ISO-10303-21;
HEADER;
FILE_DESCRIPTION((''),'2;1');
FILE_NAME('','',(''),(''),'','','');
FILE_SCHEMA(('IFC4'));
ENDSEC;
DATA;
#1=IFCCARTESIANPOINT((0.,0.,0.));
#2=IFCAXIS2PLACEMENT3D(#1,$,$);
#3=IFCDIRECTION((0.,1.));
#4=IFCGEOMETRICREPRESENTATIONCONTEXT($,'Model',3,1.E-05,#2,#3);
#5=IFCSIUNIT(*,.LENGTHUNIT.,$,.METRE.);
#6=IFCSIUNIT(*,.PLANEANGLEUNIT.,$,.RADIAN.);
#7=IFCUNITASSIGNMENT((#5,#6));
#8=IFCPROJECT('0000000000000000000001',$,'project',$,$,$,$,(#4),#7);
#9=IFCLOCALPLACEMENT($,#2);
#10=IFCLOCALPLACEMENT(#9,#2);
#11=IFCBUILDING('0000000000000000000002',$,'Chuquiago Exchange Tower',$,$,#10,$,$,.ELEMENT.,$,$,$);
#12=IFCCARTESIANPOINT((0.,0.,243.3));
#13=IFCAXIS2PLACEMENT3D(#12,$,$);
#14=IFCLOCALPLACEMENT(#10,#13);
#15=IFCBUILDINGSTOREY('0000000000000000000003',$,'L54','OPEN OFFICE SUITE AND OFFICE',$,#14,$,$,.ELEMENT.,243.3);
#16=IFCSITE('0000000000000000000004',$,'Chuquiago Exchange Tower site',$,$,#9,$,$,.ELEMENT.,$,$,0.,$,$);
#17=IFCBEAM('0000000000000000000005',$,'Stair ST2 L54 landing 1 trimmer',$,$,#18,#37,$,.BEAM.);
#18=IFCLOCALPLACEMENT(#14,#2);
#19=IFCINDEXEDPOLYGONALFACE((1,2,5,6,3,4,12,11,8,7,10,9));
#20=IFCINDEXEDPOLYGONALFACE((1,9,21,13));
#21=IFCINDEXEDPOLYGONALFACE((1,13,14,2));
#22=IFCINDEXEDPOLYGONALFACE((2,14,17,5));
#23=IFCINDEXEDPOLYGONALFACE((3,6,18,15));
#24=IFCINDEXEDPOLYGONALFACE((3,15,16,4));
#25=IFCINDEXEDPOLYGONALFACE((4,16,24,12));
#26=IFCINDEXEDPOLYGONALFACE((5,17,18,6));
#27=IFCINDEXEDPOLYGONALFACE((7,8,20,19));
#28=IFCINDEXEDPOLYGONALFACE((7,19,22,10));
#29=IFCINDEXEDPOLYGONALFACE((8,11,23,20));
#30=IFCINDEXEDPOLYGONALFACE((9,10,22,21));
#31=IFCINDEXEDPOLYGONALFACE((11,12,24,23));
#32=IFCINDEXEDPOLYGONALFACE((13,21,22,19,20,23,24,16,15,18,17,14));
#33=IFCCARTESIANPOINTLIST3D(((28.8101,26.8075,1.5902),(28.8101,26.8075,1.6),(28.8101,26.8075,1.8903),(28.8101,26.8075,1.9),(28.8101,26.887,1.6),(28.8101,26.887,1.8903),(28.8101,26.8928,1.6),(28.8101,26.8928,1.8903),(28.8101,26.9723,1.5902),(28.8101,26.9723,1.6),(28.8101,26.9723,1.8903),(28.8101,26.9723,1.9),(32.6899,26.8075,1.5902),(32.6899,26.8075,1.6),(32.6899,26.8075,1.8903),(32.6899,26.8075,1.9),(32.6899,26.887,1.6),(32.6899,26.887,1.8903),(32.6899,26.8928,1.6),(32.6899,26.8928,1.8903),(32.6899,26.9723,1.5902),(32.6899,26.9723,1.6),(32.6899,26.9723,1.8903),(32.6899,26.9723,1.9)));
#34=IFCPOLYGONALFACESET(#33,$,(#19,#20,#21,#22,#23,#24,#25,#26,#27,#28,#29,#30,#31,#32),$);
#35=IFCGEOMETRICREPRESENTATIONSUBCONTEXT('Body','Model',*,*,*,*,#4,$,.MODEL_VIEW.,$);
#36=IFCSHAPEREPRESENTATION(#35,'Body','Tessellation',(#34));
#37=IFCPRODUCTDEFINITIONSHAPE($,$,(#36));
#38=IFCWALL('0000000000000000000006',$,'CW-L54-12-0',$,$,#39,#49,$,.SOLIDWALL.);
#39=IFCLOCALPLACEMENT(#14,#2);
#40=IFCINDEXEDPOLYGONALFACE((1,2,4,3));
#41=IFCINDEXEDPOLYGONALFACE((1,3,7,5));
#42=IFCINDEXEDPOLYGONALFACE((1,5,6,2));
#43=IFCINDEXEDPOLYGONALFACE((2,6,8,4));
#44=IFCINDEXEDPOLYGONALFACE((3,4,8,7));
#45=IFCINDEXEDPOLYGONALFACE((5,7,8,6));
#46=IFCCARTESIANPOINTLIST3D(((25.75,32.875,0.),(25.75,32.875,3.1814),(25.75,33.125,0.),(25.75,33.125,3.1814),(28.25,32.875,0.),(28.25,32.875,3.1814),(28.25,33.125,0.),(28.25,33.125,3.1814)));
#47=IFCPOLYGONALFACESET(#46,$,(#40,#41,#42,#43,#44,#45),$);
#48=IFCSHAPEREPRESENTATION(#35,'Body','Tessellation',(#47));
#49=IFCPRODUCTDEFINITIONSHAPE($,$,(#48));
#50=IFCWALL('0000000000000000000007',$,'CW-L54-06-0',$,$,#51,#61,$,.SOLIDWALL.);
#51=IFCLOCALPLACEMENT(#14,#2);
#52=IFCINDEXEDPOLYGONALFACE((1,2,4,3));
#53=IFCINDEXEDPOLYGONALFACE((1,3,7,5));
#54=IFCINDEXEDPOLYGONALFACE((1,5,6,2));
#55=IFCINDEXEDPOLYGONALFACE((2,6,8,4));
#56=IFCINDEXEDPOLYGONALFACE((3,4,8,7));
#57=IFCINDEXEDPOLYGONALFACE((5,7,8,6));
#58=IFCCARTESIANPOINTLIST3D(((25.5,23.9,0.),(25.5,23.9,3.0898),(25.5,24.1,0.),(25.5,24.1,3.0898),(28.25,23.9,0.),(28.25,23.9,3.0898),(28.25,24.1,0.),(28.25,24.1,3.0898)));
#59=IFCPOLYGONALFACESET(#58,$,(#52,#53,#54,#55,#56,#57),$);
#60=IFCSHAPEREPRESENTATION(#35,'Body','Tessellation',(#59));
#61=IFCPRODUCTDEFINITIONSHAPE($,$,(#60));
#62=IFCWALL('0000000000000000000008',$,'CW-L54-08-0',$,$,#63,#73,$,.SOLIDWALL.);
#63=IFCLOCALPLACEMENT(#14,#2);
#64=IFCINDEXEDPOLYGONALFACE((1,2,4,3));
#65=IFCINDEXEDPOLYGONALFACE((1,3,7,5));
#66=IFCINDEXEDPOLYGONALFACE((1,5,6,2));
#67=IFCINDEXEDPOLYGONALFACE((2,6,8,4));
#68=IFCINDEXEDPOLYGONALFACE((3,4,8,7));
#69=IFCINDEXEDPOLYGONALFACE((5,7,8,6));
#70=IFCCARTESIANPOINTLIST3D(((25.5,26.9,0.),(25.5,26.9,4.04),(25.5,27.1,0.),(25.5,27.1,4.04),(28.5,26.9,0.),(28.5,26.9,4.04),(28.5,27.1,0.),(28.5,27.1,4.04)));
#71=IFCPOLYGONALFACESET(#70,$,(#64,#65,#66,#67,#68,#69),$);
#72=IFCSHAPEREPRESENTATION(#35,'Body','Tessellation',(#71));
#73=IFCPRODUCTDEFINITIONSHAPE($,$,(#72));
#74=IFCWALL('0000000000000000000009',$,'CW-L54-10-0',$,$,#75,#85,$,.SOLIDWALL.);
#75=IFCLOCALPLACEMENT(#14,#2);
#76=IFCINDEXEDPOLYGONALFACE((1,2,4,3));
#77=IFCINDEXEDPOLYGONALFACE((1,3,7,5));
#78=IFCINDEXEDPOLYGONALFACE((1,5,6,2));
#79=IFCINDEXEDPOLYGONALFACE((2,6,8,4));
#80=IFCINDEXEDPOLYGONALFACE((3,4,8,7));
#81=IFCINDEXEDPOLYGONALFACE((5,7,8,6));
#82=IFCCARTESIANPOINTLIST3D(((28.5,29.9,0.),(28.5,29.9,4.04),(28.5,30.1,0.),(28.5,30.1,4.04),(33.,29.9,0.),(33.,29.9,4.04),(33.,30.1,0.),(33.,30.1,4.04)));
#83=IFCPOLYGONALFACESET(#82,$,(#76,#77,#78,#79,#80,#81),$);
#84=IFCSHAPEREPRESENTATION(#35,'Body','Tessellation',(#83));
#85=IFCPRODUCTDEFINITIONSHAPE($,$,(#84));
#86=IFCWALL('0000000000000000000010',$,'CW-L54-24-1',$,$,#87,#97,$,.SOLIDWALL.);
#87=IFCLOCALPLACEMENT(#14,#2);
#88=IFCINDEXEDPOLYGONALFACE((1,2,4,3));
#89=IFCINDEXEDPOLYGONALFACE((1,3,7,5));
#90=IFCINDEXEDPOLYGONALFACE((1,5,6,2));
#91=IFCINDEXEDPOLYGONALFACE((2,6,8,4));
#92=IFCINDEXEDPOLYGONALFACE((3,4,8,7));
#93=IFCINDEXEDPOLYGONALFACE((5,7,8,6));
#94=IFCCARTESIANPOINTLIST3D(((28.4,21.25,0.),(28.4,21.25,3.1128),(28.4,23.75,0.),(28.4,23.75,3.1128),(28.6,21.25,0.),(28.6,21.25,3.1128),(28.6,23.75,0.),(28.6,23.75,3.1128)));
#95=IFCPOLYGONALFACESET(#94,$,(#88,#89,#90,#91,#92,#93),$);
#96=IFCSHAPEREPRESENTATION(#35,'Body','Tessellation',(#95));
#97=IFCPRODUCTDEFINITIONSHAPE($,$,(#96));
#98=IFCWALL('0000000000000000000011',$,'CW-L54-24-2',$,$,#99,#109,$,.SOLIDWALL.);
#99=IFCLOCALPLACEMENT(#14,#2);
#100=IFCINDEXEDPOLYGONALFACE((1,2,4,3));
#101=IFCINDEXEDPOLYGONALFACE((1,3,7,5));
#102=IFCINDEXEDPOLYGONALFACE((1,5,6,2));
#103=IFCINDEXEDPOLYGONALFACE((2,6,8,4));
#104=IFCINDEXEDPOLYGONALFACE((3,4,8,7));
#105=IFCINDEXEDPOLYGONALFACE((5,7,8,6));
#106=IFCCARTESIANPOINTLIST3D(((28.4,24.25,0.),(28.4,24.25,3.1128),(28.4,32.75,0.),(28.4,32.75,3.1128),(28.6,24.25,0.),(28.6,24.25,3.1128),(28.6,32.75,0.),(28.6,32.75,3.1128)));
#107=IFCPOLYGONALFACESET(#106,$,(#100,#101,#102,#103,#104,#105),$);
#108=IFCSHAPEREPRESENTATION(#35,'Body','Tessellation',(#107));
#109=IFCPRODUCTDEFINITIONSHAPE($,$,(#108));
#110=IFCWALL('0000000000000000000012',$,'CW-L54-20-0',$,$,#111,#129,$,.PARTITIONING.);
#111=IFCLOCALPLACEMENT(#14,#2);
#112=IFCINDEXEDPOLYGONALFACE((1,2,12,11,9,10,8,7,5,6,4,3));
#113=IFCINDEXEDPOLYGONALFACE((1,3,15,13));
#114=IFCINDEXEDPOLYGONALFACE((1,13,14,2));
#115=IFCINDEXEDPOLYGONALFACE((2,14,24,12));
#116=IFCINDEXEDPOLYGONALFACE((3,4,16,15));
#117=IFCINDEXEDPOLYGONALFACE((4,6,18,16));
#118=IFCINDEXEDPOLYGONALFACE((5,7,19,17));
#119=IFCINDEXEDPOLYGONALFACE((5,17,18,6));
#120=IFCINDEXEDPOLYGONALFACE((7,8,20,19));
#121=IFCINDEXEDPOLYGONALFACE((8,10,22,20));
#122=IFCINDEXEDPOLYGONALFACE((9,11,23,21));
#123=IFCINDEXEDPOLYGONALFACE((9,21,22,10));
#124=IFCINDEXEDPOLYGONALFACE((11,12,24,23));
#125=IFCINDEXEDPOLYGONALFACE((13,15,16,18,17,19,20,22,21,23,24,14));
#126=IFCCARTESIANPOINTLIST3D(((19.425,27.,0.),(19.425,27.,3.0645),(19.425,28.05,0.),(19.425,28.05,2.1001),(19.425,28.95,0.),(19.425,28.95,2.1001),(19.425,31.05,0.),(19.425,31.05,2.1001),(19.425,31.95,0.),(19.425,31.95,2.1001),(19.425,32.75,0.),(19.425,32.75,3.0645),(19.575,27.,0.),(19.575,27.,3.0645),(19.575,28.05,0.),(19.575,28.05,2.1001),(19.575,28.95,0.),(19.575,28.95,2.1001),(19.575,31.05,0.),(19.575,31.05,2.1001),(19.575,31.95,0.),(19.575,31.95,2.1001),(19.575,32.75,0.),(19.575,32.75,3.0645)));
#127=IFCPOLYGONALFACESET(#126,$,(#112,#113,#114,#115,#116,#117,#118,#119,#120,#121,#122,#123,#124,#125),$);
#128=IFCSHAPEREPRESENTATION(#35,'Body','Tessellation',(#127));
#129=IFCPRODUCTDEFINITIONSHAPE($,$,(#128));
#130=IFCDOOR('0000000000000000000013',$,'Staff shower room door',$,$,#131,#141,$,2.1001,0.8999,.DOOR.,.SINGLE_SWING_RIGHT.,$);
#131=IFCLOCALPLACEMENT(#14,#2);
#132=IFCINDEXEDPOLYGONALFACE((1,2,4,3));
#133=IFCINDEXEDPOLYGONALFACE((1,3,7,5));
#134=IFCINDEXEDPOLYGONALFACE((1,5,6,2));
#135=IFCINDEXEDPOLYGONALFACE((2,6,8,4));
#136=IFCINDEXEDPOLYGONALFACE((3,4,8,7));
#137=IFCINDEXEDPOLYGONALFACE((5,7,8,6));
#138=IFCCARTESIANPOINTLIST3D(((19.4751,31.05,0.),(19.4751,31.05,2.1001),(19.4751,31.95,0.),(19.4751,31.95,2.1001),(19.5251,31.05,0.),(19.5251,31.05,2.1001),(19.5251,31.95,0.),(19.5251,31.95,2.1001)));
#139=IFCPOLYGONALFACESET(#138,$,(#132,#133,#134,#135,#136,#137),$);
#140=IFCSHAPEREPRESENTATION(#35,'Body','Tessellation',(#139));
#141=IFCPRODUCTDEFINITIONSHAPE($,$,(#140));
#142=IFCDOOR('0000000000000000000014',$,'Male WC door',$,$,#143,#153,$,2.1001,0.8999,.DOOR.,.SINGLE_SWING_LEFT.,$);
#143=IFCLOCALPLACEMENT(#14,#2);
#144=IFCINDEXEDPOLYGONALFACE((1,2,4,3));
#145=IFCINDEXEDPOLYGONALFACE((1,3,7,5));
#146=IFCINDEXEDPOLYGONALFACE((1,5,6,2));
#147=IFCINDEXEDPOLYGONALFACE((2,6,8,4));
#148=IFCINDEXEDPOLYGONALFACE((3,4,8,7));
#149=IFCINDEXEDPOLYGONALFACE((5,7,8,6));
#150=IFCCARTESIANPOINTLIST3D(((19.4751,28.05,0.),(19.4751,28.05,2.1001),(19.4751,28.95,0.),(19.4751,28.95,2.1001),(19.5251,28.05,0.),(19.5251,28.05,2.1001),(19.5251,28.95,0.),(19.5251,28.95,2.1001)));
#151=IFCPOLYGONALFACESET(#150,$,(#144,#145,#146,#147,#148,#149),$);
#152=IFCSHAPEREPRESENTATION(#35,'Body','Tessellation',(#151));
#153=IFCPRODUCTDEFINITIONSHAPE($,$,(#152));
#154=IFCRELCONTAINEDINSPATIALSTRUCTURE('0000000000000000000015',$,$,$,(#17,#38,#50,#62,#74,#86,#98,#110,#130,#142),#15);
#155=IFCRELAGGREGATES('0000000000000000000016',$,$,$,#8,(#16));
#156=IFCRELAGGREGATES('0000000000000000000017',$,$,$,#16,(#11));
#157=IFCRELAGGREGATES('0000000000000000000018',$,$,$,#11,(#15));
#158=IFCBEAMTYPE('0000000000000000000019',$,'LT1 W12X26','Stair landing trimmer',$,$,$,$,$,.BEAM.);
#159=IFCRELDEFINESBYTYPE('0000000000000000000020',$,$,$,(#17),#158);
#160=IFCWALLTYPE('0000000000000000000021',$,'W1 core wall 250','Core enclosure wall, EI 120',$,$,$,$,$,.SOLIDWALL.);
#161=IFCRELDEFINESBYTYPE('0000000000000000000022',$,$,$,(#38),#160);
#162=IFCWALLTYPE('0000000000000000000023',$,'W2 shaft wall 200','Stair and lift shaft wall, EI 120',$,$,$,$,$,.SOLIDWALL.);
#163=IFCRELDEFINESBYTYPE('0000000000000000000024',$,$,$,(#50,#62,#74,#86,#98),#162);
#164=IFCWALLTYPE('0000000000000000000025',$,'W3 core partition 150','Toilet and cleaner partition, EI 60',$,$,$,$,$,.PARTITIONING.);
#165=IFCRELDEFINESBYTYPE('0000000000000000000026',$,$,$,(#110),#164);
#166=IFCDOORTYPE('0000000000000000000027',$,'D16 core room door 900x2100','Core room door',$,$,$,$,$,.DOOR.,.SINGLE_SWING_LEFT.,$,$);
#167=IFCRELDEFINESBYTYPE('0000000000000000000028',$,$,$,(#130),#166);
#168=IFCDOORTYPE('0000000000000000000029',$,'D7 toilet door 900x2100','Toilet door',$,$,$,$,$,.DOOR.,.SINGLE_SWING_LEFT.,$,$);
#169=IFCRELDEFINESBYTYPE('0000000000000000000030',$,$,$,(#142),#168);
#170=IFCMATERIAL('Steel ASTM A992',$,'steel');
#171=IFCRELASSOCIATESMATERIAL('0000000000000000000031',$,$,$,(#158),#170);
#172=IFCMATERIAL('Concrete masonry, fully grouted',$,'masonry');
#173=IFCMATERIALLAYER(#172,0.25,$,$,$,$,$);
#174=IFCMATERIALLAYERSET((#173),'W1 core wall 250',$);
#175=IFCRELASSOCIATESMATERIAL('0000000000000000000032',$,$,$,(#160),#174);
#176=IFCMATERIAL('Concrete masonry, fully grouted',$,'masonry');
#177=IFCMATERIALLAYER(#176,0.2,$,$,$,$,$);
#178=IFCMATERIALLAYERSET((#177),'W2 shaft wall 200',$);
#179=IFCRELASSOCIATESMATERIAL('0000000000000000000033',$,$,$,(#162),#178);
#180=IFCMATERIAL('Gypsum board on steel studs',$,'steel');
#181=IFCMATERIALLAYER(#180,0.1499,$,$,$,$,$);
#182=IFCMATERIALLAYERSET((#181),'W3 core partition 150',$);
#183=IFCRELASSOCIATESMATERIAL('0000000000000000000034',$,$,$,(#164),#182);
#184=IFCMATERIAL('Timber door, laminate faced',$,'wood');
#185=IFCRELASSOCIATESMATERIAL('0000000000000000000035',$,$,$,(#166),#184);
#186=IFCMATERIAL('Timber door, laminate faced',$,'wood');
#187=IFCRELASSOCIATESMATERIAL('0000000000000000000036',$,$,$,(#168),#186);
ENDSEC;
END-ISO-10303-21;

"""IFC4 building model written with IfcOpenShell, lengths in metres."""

from ifc_helpers import new_model, si_unit, direction, frame, frame_2d, origin, origin_2d, place, context, subcontext, project, spatial, rectangle, i_section, extrude, material, layer, layer_set, material_profile, profile_set, type_object, element, fill, save


model = new_model("IFC4")

# Units and contexts
model_context = context("Model", 3, precision=1e-05, world=origin(), true_north=direction((0.0, 1.0)))
body_context = subcontext(model_context, "Body", "Model", "MODEL_VIEW")
ifc_project = project(units=[si_unit("LENGTHUNIT", "METRE"), si_unit("PLANEANGLEUNIT", "RADIAN")], contexts=[model_context])

# Site, building, storey
site_placement = place(None, origin())
site = spatial("IfcSite", under=ifc_project, at=site_placement, Name="Chuquiago Exchange Tower site", CompositionType="ELEMENT", RefElevation=0.0)
building_placement = place(site_placement, origin())
building = spatial("IfcBuilding", under=site, at=building_placement, Name="Chuquiago Exchange Tower", CompositionType="ELEMENT")
storey_placement = place(building_placement, frame((0.0, 0.0, 243.3)))
storey = spatial("IfcBuildingStorey", under=building, at=storey_placement, Name="L54", Description="OPEN OFFICE SUITE AND OFFICE", CompositionType="ELEMENT", Elevation=243.3)

# Beam
ifc_material_1 = material(Name="Steel ASTM A992", Category="steel")
ifc_material_profile_1 = material_profile(ifc_material_1, i_section(OverallWidth=0.1648, OverallDepth=0.3098, WebThickness=0.0059, FlangeThickness=0.0098, at=origin_2d()), Name="W12X26")
ifc_profile_set_1 = profile_set([ifc_material_profile_1], Name="Steel ASTM A992")
beam_type_1 = type_object("IfcBeamType", Name="LT1 W12X26", Description="Stair landing trimmer", PredefinedType="BEAM", material=ifc_profile_set_1)
for number, where, z_axis, x_axis, name in (
    (1, (28.8101, 26.8899, 1.7451), (1.0, 0.0, 0.0), (0.0, 1.0, 0.0), "Stair ST2 L54 landing 1 trimmer"),
):
    element("IfcBeam", number, at=place(storey_placement, frame(where, z_axis=z_axis, x_axis=x_axis)), inside=storey, type_object=beam_type_1, Name=name, PredefinedType="BEAM", context=body_context, shape_type="SweptSolid", body=[
        extrude(i_section(OverallWidth=0.1648, OverallDepth=0.3098, WebThickness=0.0059, FlangeThickness=0.0098, at=origin_2d()), origin(), (0.0, 0.0, 1.0), 3.8799),
    ])

# Walls
ifc_material_2 = material(Name="Concrete masonry, fully grouted", Category="masonry")
ifc_layer_1 = layer(ifc_material_2, 0.25)
ifc_layer_set_1 = layer_set([ifc_layer_1], Name="W1 core wall 250")
wall_type_1 = type_object("IfcWallType", Name="W1 core wall 250", Description="Core enclosure wall, EI 120", PredefinedType="SOLIDWALL", material=ifc_layer_set_1)
wall_1_placement = place(storey_placement, frame((25.75, 33.0, 0.0), z_axis=(0.0, 0.0, 1.0), x_axis=(1.0, 0.0, 0.0)))
element("IfcWall", 2, at=wall_1_placement, inside=storey, type_object=wall_type_1, Name="CW-L54-12-0", PredefinedType="SOLIDWALL", context=body_context, shape_type="SweptSolid", body=[
    extrude(rectangle(XDim=2.5, YDim=0.25, at=frame_2d((1.25, 0.0))), origin(), (0.0, 0.0, 1.0), 3.1814),
])
ifc_material_3 = material(Name="Concrete masonry, fully grouted", Category="masonry")
ifc_layer_2 = layer(ifc_material_3, 0.2)
ifc_layer_set_2 = layer_set([ifc_layer_2], Name="W2 shaft wall 200")
wall_type_2 = type_object("IfcWallType", Name="W2 shaft wall 200", Description="Stair and lift shaft wall, EI 120", PredefinedType="SOLIDWALL", material=ifc_layer_set_2)
wall_2_placement = place(storey_placement, frame((25.5, 24.0, 0.0), z_axis=(0.0, 0.0, 1.0), x_axis=(1.0, 0.0, 0.0)))
element("IfcWall", 3, at=wall_2_placement, inside=storey, type_object=wall_type_2, Name="CW-L54-06-0", PredefinedType="SOLIDWALL", context=body_context, shape_type="SweptSolid", body=[
    extrude(rectangle(XDim=2.75, YDim=0.2, at=frame_2d((1.375, 0.0))), origin(), (0.0, 0.0, 1.0), 3.0898),
])
wall_3_placement = place(storey_placement, frame((25.5, 27.0, 0.0), z_axis=(0.0, 0.0, 1.0), x_axis=(1.0, 0.0, 0.0)))
element("IfcWall", 4, at=wall_3_placement, inside=storey, type_object=wall_type_2, Name="CW-L54-08-0", PredefinedType="SOLIDWALL", context=body_context, shape_type="SweptSolid", body=[
    extrude(rectangle(XDim=3.0, YDim=0.2, at=frame_2d((1.5, 0.0))), origin(), (0.0, 0.0, 1.0), 4.04),
])
wall_4_placement = place(storey_placement, frame((28.5, 30.0, 0.0), z_axis=(0.0, 0.0, 1.0), x_axis=(1.0, 0.0, 0.0)))
element("IfcWall", 5, at=wall_4_placement, inside=storey, type_object=wall_type_2, Name="CW-L54-10-0", PredefinedType="SOLIDWALL", context=body_context, shape_type="SweptSolid", body=[
    extrude(rectangle(XDim=4.5, YDim=0.2, at=frame_2d((2.25, 0.0))), origin(), (0.0, 0.0, 1.0), 4.04),
])
wall_5_placement = place(storey_placement, frame((28.5, 21.25, 0.0), z_axis=(0.0, 0.0, 1.0), x_axis=(0.0, 1.0, 0.0)))
element("IfcWall", 6, at=wall_5_placement, inside=storey, type_object=wall_type_2, Name="CW-L54-24-1", PredefinedType="SOLIDWALL", context=body_context, shape_type="SweptSolid", body=[
    extrude(rectangle(XDim=2.5, YDim=0.2, at=frame_2d((1.25, 0.0))), origin(), (0.0, 0.0, 1.0), 3.1128),
])
wall_6_placement = place(storey_placement, frame((28.5, 24.25, 0.0), z_axis=(0.0, 0.0, 1.0), x_axis=(0.0, 1.0, 0.0)))
element("IfcWall", 7, at=wall_6_placement, inside=storey, type_object=wall_type_2, Name="CW-L54-24-2", PredefinedType="SOLIDWALL", context=body_context, shape_type="SweptSolid", body=[
    extrude(rectangle(XDim=8.5, YDim=0.2, at=frame_2d((4.25, 0.0))), origin(), (0.0, 0.0, 1.0), 3.1128),
])

# Wall, openings, doors
ifc_material_4 = material(Name="Gypsum board on steel studs", Category="steel")
ifc_layer_3 = layer(ifc_material_4, 0.1499)
ifc_layer_set_3 = layer_set([ifc_layer_3], Name="W3 core partition 150")
wall_type_3 = type_object("IfcWallType", Name="W3 core partition 150", Description="Toilet and cleaner partition, EI 60", PredefinedType="PARTITIONING", material=ifc_layer_set_3)
wall_7_placement = place(storey_placement, frame((19.5, 27.0, 0.0), z_axis=(0.0, 0.0, 1.0), x_axis=(0.0, 1.0, 0.0)))
wall_7 = element("IfcWall", 8, at=wall_7_placement, inside=storey, type_object=wall_type_3, Name="CW-L54-20-0", PredefinedType="PARTITIONING", context=body_context, shape_type="SweptSolid", body=[
    extrude(rectangle(XDim=5.75, YDim=0.1499, at=frame_2d((2.875, 0.0))), origin(), (0.0, 0.0, 1.0), 3.0645),
])
opening_1_placement = place(wall_7_placement, frame((1.05, 0.0, 0.0)))
opening_1 = element("IfcOpeningElement", 9, at=opening_1_placement, cuts=wall_7, PredefinedType="OPENING", context=body_context, shape_type="SweptSolid", body=[
    extrude(rectangle(XDim=0.8999, YDim=2.1001, at=frame_2d((0.45, 1.05))), frame((0.0, 0.085, 0.0), z_axis=(0.0, -1.0, 0.0), x_axis=(1.0, 0.0, 0.0)), (0.0, 0.0, 1.0), 0.1699),
])
opening_2_placement = place(wall_7_placement, frame((4.05, 0.0, 0.0)))
opening_2 = element("IfcOpeningElement", 10, at=opening_2_placement, cuts=wall_7, PredefinedType="OPENING", context=body_context, shape_type="SweptSolid", body=[
    extrude(rectangle(XDim=0.8999, YDim=2.1001, at=frame_2d((0.45, 1.05))), frame((0.0, 0.085, 0.0), z_axis=(0.0, -1.0, 0.0), x_axis=(1.0, 0.0, 0.0)), (0.0, 0.0, 1.0), 0.1699),
])
ifc_material_5 = material(Name="Timber door, laminate faced", Category="wood")
door_type_1 = type_object("IfcDoorType", Name="D16 core room door 900x2100", Description="Core room door", OperationType="SINGLE_SWING_LEFT", PredefinedType="DOOR", material=ifc_material_5)
door_1_placement = place(opening_2_placement, origin())
door_1 = element("IfcDoor", 11, at=door_1_placement, inside=storey, type_object=door_type_1, Name="Staff shower room door", OperationType="SINGLE_SWING_RIGHT", OverallHeight=2.1001, OverallWidth=0.8999, PredefinedType="DOOR", context=body_context, shape_type="SweptSolid", body=[
    extrude(rectangle(XDim=0.8999, YDim=2.1001, at=frame_2d((0.45, 1.05))), frame((0.0, 0.0249, 0.0), z_axis=(0.0, -1.0, 0.0), x_axis=(1.0, 0.0, 0.0)), (0.0, 0.0, 1.0), 0.05),
])
fill(opening_2, door_1)
ifc_material_6 = material(Name="Timber door, laminate faced", Category="wood")
door_type_2 = type_object("IfcDoorType", Name="D7 toilet door 900x2100", Description="Toilet door", OperationType="SINGLE_SWING_LEFT", PredefinedType="DOOR", material=ifc_material_6)
door_2_placement = place(opening_1_placement, origin())
door_2 = element("IfcDoor", 12, at=door_2_placement, inside=storey, type_object=door_type_2, Name="Male WC door", OperationType="SINGLE_SWING_LEFT", OverallHeight=2.1001, OverallWidth=0.8999, PredefinedType="DOOR", context=body_context, shape_type="SweptSolid", body=[
    extrude(rectangle(XDim=0.8999, YDim=2.1001, at=frame_2d((0.45, 1.05))), frame((0.0, 0.0249, 0.0), z_axis=(0.0, -1.0, 0.0), x_axis=(1.0, 0.0, 0.0)), (0.0, 0.0, 1.0), 0.05),
])
fill(opening_1, door_2)

save(model, "model.ifc")
